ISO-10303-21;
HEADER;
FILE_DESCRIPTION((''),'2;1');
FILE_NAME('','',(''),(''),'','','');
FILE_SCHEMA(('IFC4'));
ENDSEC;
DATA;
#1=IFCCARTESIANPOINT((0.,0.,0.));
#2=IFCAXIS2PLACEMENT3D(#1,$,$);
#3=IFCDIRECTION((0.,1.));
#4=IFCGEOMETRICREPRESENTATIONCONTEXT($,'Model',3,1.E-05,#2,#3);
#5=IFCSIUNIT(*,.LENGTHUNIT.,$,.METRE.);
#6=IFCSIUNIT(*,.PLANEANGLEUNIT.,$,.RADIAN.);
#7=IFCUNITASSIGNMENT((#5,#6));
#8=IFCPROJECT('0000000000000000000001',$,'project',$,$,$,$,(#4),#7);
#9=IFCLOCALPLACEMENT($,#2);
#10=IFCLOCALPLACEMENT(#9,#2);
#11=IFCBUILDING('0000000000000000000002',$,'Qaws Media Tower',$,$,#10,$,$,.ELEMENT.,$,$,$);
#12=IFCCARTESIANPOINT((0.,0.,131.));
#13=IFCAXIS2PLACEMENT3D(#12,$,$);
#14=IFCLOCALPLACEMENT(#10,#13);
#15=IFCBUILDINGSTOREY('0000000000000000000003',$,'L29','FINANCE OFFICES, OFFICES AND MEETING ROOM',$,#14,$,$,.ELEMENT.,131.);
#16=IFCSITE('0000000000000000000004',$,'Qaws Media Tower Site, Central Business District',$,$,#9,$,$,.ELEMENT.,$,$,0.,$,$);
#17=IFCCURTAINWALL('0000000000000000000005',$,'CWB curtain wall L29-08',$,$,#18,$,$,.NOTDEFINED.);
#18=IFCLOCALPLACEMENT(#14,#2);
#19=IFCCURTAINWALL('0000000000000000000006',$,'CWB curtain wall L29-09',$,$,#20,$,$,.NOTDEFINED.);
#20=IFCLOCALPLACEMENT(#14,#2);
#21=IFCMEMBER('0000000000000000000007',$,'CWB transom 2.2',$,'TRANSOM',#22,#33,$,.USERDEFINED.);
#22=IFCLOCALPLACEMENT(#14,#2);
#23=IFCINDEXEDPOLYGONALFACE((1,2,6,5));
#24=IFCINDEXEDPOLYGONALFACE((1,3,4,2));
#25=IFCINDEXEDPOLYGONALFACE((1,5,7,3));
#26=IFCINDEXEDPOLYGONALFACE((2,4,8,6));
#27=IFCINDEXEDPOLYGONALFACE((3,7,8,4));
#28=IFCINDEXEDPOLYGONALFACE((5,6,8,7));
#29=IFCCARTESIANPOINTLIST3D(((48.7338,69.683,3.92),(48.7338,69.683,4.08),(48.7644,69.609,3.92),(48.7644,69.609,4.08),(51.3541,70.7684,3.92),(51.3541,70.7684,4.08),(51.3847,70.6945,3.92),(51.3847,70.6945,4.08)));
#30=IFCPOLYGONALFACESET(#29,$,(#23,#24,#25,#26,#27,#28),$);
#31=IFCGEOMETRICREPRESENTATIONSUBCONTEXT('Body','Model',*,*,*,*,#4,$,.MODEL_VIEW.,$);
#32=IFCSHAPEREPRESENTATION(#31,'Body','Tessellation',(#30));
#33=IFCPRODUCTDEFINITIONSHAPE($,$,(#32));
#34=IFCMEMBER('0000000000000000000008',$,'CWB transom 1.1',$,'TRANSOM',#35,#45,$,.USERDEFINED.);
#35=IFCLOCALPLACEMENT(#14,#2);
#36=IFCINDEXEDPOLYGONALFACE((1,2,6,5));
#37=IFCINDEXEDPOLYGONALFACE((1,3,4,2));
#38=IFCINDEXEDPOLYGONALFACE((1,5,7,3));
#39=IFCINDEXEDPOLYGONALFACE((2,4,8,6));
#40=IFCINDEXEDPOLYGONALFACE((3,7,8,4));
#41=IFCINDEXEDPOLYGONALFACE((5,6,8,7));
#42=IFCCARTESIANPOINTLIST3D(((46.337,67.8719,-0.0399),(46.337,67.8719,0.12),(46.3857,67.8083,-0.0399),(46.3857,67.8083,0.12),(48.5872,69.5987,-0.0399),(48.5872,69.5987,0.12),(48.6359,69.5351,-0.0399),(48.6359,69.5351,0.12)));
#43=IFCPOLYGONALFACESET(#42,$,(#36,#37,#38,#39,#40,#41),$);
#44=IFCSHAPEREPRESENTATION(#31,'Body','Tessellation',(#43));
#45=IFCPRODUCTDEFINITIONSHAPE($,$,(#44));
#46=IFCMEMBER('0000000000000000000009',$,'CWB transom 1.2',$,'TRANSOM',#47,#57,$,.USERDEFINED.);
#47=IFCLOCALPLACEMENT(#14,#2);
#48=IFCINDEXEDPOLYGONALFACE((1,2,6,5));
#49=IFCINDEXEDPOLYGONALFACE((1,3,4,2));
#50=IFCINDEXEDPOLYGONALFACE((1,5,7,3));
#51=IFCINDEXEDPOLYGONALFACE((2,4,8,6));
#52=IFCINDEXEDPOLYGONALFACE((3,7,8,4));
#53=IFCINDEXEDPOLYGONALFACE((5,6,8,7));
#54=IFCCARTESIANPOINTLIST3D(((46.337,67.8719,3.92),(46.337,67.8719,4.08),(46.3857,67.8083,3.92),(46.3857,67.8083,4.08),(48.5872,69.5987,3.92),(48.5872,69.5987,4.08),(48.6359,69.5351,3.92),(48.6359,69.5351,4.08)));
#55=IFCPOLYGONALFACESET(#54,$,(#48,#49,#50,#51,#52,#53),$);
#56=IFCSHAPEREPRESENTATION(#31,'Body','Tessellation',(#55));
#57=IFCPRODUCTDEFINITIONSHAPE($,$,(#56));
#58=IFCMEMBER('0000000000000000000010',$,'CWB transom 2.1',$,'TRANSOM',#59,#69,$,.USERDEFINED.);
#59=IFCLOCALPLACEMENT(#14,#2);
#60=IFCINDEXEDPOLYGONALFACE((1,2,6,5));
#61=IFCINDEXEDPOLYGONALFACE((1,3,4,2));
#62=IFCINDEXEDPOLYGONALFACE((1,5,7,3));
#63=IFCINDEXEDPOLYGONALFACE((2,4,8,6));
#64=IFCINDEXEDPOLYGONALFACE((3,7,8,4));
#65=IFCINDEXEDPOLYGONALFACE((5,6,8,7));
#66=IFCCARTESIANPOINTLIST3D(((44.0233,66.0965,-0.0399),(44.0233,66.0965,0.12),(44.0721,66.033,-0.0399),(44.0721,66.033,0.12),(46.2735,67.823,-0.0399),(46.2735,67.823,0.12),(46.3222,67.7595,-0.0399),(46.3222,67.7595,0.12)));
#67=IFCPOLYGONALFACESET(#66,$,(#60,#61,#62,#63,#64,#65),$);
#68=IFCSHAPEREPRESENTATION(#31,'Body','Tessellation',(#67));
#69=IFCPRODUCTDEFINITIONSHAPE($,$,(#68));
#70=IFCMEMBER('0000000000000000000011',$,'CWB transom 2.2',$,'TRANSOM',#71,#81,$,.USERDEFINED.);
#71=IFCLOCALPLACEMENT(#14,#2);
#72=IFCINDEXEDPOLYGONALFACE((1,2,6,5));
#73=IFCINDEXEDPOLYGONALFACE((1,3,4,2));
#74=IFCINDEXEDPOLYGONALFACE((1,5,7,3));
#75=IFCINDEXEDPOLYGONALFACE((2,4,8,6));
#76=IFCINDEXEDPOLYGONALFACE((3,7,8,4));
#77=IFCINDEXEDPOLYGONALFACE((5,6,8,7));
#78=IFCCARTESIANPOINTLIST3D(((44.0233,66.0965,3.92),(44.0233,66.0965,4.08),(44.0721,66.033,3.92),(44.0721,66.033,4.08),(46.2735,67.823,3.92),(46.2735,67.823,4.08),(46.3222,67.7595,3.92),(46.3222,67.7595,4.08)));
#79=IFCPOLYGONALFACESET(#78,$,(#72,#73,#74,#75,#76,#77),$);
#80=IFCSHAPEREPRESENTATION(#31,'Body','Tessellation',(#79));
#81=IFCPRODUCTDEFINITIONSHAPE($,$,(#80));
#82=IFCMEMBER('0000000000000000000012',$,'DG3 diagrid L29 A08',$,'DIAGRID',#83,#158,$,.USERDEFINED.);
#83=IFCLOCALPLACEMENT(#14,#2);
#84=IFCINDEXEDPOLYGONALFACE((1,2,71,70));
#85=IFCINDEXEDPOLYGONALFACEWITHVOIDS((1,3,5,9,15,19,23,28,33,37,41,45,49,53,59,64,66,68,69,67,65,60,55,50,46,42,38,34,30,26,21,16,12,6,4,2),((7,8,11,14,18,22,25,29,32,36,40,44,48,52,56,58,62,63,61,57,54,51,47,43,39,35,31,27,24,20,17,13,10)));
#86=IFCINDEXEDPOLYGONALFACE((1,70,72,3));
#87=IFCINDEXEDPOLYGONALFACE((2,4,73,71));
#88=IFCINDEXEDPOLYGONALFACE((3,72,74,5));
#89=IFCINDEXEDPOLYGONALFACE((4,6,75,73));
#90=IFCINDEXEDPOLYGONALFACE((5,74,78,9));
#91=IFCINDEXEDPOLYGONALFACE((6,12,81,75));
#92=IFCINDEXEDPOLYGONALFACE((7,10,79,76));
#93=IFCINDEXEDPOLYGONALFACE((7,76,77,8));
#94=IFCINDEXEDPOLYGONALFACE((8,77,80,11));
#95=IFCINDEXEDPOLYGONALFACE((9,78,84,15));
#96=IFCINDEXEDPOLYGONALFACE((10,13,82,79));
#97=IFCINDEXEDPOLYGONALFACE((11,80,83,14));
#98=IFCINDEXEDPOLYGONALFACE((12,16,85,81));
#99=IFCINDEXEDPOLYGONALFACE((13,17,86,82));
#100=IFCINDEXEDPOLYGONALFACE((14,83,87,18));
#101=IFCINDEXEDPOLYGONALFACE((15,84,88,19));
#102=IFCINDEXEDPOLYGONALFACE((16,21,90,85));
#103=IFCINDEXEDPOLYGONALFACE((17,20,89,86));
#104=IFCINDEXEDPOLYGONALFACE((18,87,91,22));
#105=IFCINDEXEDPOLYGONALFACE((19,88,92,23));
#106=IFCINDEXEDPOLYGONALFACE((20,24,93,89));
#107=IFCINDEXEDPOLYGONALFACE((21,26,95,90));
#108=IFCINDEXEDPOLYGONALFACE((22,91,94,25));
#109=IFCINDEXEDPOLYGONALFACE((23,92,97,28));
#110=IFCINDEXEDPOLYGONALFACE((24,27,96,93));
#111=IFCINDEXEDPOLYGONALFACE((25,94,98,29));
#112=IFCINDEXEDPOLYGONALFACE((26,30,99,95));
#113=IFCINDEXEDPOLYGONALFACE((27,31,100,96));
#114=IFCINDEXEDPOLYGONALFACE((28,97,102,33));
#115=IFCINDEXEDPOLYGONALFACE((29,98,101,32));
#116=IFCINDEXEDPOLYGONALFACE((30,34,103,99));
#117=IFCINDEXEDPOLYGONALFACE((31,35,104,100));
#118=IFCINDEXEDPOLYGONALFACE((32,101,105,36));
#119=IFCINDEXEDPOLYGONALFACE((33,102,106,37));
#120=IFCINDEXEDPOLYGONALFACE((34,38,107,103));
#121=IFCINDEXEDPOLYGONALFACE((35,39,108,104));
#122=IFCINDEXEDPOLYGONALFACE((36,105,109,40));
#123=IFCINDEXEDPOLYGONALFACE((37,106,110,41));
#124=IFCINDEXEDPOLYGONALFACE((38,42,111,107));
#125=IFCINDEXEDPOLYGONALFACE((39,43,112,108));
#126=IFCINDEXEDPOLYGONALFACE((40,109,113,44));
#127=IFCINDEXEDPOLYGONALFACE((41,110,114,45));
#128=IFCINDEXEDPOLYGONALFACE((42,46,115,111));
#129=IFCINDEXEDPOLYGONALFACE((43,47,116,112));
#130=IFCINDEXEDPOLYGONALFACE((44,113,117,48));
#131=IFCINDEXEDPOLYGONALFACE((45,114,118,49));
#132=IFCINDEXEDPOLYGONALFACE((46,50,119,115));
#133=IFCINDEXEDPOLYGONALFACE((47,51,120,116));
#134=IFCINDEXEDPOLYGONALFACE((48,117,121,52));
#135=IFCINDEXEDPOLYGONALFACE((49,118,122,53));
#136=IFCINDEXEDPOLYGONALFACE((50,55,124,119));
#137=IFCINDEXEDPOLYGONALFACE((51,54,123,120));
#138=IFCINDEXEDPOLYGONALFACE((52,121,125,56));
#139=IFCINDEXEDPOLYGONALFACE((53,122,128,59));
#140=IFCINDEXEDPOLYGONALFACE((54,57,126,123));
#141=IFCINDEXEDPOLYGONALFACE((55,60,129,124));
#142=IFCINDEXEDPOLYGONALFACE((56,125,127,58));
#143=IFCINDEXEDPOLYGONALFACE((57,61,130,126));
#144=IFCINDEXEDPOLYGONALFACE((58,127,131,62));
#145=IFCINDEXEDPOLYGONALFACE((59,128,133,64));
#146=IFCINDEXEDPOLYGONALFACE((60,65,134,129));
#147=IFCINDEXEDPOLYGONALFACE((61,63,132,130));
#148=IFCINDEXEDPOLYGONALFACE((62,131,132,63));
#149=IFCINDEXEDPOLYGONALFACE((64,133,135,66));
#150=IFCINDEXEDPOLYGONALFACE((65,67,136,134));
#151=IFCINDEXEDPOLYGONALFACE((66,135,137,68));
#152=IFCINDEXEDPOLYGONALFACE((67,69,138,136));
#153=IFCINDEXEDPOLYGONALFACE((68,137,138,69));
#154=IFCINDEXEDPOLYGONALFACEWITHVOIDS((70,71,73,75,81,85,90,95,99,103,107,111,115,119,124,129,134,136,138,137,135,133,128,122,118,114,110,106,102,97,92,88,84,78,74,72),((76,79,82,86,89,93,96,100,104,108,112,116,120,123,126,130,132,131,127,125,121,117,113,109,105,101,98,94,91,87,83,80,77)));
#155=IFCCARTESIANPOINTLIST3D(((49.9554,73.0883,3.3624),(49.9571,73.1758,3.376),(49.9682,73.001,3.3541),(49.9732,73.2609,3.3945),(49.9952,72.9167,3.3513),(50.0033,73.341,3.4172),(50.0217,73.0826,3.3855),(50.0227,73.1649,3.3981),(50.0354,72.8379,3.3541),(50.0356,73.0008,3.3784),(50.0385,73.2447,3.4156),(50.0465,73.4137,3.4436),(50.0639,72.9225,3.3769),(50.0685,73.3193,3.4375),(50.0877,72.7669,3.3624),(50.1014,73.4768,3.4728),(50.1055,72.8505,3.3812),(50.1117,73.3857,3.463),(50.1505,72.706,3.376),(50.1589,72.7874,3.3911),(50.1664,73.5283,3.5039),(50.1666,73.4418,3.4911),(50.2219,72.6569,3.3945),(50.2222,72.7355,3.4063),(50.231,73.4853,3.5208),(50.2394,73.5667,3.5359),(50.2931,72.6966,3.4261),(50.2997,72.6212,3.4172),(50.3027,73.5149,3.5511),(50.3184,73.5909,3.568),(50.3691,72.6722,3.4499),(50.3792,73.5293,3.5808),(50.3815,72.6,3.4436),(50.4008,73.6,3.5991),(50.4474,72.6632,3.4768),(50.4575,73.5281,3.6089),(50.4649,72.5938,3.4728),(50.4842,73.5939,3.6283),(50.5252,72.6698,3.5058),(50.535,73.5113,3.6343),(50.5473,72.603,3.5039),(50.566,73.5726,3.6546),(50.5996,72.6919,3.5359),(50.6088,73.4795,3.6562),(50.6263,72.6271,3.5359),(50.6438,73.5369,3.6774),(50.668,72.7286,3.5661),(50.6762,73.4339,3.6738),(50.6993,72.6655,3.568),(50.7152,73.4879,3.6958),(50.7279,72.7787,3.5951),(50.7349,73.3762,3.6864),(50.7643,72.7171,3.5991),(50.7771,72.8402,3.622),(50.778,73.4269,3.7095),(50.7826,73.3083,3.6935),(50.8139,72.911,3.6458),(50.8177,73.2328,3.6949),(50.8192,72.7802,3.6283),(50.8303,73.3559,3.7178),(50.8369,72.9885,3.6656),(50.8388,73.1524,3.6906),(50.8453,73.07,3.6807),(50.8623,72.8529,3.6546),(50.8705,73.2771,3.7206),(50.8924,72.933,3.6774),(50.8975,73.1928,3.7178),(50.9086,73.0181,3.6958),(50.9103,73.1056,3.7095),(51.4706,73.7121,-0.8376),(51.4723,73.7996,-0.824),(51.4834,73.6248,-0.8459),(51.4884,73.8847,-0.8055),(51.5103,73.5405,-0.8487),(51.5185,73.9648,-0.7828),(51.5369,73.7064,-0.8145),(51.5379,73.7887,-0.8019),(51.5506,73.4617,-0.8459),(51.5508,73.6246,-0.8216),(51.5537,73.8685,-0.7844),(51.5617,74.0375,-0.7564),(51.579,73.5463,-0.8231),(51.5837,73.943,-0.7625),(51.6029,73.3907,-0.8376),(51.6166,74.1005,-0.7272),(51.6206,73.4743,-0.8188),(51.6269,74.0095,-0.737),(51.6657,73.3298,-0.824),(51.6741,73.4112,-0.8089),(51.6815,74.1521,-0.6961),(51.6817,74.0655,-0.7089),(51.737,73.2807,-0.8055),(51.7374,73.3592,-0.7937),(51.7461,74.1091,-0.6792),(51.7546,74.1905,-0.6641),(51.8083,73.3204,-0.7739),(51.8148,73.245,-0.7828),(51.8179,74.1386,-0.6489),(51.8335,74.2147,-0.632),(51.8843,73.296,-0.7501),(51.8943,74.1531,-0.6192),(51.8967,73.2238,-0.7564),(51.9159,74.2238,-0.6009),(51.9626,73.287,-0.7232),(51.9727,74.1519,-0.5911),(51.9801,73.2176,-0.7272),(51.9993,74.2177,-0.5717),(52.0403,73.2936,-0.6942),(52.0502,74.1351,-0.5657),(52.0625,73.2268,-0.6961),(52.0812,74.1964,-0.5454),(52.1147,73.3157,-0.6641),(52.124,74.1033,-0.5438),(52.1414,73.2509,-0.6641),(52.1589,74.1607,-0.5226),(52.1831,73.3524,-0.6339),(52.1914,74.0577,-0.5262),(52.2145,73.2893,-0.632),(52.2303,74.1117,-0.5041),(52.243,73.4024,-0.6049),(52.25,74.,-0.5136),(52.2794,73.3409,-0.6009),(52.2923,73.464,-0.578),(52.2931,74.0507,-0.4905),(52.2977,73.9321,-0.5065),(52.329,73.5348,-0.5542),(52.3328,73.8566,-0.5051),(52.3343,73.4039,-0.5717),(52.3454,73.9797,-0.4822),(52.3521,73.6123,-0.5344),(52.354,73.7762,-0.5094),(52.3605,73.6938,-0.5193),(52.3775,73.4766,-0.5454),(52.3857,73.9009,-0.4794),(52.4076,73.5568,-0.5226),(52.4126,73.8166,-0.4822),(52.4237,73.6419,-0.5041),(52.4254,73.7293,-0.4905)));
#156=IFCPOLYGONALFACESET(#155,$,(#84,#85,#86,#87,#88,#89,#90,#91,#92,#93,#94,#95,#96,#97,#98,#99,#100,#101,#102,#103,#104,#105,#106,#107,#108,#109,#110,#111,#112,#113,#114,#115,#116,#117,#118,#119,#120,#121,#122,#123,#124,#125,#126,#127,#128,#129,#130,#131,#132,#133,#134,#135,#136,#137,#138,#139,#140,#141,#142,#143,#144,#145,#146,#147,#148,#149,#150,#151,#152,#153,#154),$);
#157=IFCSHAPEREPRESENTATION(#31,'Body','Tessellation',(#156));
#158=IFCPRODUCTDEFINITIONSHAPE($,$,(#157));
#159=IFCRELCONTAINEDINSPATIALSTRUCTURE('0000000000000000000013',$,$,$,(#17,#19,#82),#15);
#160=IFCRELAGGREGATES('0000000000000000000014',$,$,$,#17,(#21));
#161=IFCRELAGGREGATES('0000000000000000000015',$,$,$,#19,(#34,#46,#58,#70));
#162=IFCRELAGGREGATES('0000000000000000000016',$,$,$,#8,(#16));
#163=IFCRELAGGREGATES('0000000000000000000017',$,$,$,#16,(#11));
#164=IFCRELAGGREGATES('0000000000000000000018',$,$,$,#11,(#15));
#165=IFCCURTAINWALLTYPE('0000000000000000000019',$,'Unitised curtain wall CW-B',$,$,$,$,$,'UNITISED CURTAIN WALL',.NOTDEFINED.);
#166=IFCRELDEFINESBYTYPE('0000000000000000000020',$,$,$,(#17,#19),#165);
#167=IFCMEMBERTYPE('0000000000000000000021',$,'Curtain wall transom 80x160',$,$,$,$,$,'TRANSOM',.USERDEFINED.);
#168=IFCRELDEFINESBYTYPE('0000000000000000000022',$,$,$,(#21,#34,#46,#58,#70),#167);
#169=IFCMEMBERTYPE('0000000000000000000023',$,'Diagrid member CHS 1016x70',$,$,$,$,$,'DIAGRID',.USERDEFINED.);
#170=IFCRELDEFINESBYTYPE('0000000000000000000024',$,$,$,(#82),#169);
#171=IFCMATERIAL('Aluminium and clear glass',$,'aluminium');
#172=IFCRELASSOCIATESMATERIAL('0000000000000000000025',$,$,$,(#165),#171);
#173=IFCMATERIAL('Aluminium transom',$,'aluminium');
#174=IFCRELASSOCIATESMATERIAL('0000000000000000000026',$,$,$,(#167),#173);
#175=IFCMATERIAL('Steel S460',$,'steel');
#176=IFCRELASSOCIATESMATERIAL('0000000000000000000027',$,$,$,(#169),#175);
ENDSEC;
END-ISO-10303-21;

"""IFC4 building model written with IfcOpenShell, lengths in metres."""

from ifc_helpers import new_model, si_unit, direction, frame, origin, origin_2d, place, context, subcontext, project, spatial, rectangle, hollow_circle, extrude, material, material_profile, profile_set, type_object, element, aggregate, save


model = new_model("IFC4")

# Units and contexts
model_context = context("Model", 3, precision=1e-05, world=origin(), true_north=direction((0.0, 1.0)))
body_context = subcontext(model_context, "Body", "Model", "MODEL_VIEW")
ifc_project = project(units=[si_unit("LENGTHUNIT", "METRE"), si_unit("PLANEANGLEUNIT", "RADIAN")], contexts=[model_context])

# Site, building, storey
site_placement = place(None, origin())
site = spatial("IfcSite", under=ifc_project, at=site_placement, Name="Qaws Media Tower Site, Central Business District", CompositionType="ELEMENT", RefElevation=0.0)
building_placement = place(site_placement, origin())
building = spatial("IfcBuilding", under=site, at=building_placement, Name="Qaws Media Tower", CompositionType="ELEMENT")
storey_placement = place(building_placement, frame((0.0, 0.0, 131.0)))
storey = spatial("IfcBuildingStorey", under=building, at=storey_placement, Name="L29", Description="FINANCE OFFICES, OFFICES AND MEETING ROOM", CompositionType="ELEMENT", Elevation=131.0)

# Curtain walls
ifc_material_1 = material(Name="Aluminium and clear glass", Category="aluminium")
curtain_wall_type = type_object("IfcCurtainWallType", Name="Unitised curtain wall CW-B", ElementType="UNITISED CURTAIN WALL", PredefinedType="NOTDEFINED", material=ifc_material_1)
curtain_wall_1_placement = place(storey_placement, origin())
curtain_wall_1 = element("IfcCurtainWall", 1, at=curtain_wall_1_placement, inside=storey, type_object=curtain_wall_type, Name="CWB curtain wall L29-08", PredefinedType="NOTDEFINED")
curtain_wall_2_placement = place(storey_placement, origin())
curtain_wall_2 = element("IfcCurtainWall", 2, at=curtain_wall_2_placement, inside=storey, type_object=curtain_wall_type, Name="CWB curtain wall L29-09", PredefinedType="NOTDEFINED")

# Members
ifc_material_2 = material(Name="Aluminium transom", Category="aluminium")
ifc_material_profile_1 = material_profile(ifc_material_2, rectangle(XDim=0.0801, YDim=0.1599, at=origin_2d()), Name="80x160")
ifc_profile_set_1 = profile_set([ifc_material_profile_1], Name="Aluminium transom")
member_type_1 = type_object("IfcMemberType", Name="Curtain wall transom 80x160", ElementType="TRANSOM", PredefinedType="USERDEFINED", material=ifc_profile_set_1)
member_1_placement = place(storey_placement, frame((51.3694, 70.7314, 4.0), z_axis=(-0.923872, -0.382701, 0.0), x_axis=(0.382701, -0.923872, 0.0)))
member_1 = element("IfcMember", 3, at=member_1_placement, type_object=member_type_1, Name="CWB transom 2.2", ObjectType="TRANSOM", PredefinedType="USERDEFINED", context=body_context, shape_type="SweptSolid", body=[
    extrude(rectangle(XDim=0.0801, YDim=0.1599, at=origin_2d()), origin(), (0.0, 0.0, 1.0), 2.8362),
])
member_2_placement = place(storey_placement, frame((48.6116, 69.5669, 0.04), z_axis=(-0.793331, -0.608791, 0.0), x_axis=(0.608791, -0.793331, 0.0)))
member_2 = element("IfcMember", 4, at=member_2_placement, type_object=member_type_1, Name="CWB transom 1.1", ObjectType="TRANSOM", PredefinedType="USERDEFINED", context=body_context, shape_type="SweptSolid", body=[
    extrude(rectangle(XDim=0.0801, YDim=0.1599, at=origin_2d()), origin(), (0.0, 0.0, 1.0), 2.8364),
])
member_3_placement = place(storey_placement, frame((48.6116, 69.5669, 4.0), z_axis=(-0.793331, -0.608791, 0.0), x_axis=(0.608791, -0.793331, 0.0)))
member_3 = element("IfcMember", 5, at=member_3_placement, type_object=member_type_1, Name="CWB transom 1.2", ObjectType="TRANSOM", PredefinedType="USERDEFINED", context=body_context, shape_type="SweptSolid", body=[
    extrude(rectangle(XDim=0.0801, YDim=0.1599, at=origin_2d()), origin(), (0.0, 0.0, 1.0), 2.8364),
])
member_4_placement = place(storey_placement, frame((46.2979, 67.7913, 0.04), z_axis=(-0.793372, -0.608737, 0.0), x_axis=(0.608737, -0.793372, 0.0)))
member_4 = element("IfcMember", 6, at=member_4_placement, type_object=member_type_1, Name="CWB transom 2.1", ObjectType="TRANSOM", PredefinedType="USERDEFINED", context=body_context, shape_type="SweptSolid", body=[
    extrude(rectangle(XDim=0.0801, YDim=0.1599, at=origin_2d()), origin(), (0.0, 0.0, 1.0), 2.8362),
])
member_5_placement = place(storey_placement, frame((46.2979, 67.7913, 4.0), z_axis=(-0.793372, -0.608737, 0.0), x_axis=(0.608737, -0.793372, 0.0)))
member_5 = element("IfcMember", 7, at=member_5_placement, type_object=member_type_1, Name="CWB transom 2.2", ObjectType="TRANSOM", PredefinedType="USERDEFINED", context=body_context, shape_type="SweptSolid", body=[
    extrude(rectangle(XDim=0.0801, YDim=0.1599, at=origin_2d()), origin(), (0.0, 0.0, 1.0), 2.8362),
])

# Member
ifc_material_3 = material(Name="Steel S460", Category="steel")
ifc_material_profile_2 = material_profile(ifc_material_3, hollow_circle(Radius=0.5081, WallThickness=0.0701, at=origin_2d()), Name="CHS 1016x70")
ifc_profile_set_2 = profile_set([ifc_material_profile_2], Name="Steel S460")
member_type_2 = type_object("IfcMemberType", Name="Diagrid member CHS 1016x70", ElementType="DIAGRID", PredefinedType="USERDEFINED", material=ifc_profile_set_2)
for number, where, z_axis, x_axis, name in (
    (8, (51.948, 73.7207, -0.6641), (-0.336081, -0.138364, 0.931614), (0.380697, -0.9247, 0.0), "DG3 diagrid L29 A08"),
):
    element("IfcMember", number, at=place(storey_placement, frame(where, z_axis=z_axis, x_axis=x_axis)), inside=storey, type_object=member_type_2, Name=name, ObjectType="DIAGRID", PredefinedType="USERDEFINED", context=body_context, shape_type="SweptSolid", body=[
        extrude(hollow_circle(Radius=0.5081, WallThickness=0.0701, at=origin_2d()), origin(), (0.0, 0.0, 1.0), 4.5083),
    ])

aggregate(curtain_wall_1, [member_1])
aggregate(curtain_wall_2, [member_2, member_3, member_4, member_5])

save(model, "model.ifc")
